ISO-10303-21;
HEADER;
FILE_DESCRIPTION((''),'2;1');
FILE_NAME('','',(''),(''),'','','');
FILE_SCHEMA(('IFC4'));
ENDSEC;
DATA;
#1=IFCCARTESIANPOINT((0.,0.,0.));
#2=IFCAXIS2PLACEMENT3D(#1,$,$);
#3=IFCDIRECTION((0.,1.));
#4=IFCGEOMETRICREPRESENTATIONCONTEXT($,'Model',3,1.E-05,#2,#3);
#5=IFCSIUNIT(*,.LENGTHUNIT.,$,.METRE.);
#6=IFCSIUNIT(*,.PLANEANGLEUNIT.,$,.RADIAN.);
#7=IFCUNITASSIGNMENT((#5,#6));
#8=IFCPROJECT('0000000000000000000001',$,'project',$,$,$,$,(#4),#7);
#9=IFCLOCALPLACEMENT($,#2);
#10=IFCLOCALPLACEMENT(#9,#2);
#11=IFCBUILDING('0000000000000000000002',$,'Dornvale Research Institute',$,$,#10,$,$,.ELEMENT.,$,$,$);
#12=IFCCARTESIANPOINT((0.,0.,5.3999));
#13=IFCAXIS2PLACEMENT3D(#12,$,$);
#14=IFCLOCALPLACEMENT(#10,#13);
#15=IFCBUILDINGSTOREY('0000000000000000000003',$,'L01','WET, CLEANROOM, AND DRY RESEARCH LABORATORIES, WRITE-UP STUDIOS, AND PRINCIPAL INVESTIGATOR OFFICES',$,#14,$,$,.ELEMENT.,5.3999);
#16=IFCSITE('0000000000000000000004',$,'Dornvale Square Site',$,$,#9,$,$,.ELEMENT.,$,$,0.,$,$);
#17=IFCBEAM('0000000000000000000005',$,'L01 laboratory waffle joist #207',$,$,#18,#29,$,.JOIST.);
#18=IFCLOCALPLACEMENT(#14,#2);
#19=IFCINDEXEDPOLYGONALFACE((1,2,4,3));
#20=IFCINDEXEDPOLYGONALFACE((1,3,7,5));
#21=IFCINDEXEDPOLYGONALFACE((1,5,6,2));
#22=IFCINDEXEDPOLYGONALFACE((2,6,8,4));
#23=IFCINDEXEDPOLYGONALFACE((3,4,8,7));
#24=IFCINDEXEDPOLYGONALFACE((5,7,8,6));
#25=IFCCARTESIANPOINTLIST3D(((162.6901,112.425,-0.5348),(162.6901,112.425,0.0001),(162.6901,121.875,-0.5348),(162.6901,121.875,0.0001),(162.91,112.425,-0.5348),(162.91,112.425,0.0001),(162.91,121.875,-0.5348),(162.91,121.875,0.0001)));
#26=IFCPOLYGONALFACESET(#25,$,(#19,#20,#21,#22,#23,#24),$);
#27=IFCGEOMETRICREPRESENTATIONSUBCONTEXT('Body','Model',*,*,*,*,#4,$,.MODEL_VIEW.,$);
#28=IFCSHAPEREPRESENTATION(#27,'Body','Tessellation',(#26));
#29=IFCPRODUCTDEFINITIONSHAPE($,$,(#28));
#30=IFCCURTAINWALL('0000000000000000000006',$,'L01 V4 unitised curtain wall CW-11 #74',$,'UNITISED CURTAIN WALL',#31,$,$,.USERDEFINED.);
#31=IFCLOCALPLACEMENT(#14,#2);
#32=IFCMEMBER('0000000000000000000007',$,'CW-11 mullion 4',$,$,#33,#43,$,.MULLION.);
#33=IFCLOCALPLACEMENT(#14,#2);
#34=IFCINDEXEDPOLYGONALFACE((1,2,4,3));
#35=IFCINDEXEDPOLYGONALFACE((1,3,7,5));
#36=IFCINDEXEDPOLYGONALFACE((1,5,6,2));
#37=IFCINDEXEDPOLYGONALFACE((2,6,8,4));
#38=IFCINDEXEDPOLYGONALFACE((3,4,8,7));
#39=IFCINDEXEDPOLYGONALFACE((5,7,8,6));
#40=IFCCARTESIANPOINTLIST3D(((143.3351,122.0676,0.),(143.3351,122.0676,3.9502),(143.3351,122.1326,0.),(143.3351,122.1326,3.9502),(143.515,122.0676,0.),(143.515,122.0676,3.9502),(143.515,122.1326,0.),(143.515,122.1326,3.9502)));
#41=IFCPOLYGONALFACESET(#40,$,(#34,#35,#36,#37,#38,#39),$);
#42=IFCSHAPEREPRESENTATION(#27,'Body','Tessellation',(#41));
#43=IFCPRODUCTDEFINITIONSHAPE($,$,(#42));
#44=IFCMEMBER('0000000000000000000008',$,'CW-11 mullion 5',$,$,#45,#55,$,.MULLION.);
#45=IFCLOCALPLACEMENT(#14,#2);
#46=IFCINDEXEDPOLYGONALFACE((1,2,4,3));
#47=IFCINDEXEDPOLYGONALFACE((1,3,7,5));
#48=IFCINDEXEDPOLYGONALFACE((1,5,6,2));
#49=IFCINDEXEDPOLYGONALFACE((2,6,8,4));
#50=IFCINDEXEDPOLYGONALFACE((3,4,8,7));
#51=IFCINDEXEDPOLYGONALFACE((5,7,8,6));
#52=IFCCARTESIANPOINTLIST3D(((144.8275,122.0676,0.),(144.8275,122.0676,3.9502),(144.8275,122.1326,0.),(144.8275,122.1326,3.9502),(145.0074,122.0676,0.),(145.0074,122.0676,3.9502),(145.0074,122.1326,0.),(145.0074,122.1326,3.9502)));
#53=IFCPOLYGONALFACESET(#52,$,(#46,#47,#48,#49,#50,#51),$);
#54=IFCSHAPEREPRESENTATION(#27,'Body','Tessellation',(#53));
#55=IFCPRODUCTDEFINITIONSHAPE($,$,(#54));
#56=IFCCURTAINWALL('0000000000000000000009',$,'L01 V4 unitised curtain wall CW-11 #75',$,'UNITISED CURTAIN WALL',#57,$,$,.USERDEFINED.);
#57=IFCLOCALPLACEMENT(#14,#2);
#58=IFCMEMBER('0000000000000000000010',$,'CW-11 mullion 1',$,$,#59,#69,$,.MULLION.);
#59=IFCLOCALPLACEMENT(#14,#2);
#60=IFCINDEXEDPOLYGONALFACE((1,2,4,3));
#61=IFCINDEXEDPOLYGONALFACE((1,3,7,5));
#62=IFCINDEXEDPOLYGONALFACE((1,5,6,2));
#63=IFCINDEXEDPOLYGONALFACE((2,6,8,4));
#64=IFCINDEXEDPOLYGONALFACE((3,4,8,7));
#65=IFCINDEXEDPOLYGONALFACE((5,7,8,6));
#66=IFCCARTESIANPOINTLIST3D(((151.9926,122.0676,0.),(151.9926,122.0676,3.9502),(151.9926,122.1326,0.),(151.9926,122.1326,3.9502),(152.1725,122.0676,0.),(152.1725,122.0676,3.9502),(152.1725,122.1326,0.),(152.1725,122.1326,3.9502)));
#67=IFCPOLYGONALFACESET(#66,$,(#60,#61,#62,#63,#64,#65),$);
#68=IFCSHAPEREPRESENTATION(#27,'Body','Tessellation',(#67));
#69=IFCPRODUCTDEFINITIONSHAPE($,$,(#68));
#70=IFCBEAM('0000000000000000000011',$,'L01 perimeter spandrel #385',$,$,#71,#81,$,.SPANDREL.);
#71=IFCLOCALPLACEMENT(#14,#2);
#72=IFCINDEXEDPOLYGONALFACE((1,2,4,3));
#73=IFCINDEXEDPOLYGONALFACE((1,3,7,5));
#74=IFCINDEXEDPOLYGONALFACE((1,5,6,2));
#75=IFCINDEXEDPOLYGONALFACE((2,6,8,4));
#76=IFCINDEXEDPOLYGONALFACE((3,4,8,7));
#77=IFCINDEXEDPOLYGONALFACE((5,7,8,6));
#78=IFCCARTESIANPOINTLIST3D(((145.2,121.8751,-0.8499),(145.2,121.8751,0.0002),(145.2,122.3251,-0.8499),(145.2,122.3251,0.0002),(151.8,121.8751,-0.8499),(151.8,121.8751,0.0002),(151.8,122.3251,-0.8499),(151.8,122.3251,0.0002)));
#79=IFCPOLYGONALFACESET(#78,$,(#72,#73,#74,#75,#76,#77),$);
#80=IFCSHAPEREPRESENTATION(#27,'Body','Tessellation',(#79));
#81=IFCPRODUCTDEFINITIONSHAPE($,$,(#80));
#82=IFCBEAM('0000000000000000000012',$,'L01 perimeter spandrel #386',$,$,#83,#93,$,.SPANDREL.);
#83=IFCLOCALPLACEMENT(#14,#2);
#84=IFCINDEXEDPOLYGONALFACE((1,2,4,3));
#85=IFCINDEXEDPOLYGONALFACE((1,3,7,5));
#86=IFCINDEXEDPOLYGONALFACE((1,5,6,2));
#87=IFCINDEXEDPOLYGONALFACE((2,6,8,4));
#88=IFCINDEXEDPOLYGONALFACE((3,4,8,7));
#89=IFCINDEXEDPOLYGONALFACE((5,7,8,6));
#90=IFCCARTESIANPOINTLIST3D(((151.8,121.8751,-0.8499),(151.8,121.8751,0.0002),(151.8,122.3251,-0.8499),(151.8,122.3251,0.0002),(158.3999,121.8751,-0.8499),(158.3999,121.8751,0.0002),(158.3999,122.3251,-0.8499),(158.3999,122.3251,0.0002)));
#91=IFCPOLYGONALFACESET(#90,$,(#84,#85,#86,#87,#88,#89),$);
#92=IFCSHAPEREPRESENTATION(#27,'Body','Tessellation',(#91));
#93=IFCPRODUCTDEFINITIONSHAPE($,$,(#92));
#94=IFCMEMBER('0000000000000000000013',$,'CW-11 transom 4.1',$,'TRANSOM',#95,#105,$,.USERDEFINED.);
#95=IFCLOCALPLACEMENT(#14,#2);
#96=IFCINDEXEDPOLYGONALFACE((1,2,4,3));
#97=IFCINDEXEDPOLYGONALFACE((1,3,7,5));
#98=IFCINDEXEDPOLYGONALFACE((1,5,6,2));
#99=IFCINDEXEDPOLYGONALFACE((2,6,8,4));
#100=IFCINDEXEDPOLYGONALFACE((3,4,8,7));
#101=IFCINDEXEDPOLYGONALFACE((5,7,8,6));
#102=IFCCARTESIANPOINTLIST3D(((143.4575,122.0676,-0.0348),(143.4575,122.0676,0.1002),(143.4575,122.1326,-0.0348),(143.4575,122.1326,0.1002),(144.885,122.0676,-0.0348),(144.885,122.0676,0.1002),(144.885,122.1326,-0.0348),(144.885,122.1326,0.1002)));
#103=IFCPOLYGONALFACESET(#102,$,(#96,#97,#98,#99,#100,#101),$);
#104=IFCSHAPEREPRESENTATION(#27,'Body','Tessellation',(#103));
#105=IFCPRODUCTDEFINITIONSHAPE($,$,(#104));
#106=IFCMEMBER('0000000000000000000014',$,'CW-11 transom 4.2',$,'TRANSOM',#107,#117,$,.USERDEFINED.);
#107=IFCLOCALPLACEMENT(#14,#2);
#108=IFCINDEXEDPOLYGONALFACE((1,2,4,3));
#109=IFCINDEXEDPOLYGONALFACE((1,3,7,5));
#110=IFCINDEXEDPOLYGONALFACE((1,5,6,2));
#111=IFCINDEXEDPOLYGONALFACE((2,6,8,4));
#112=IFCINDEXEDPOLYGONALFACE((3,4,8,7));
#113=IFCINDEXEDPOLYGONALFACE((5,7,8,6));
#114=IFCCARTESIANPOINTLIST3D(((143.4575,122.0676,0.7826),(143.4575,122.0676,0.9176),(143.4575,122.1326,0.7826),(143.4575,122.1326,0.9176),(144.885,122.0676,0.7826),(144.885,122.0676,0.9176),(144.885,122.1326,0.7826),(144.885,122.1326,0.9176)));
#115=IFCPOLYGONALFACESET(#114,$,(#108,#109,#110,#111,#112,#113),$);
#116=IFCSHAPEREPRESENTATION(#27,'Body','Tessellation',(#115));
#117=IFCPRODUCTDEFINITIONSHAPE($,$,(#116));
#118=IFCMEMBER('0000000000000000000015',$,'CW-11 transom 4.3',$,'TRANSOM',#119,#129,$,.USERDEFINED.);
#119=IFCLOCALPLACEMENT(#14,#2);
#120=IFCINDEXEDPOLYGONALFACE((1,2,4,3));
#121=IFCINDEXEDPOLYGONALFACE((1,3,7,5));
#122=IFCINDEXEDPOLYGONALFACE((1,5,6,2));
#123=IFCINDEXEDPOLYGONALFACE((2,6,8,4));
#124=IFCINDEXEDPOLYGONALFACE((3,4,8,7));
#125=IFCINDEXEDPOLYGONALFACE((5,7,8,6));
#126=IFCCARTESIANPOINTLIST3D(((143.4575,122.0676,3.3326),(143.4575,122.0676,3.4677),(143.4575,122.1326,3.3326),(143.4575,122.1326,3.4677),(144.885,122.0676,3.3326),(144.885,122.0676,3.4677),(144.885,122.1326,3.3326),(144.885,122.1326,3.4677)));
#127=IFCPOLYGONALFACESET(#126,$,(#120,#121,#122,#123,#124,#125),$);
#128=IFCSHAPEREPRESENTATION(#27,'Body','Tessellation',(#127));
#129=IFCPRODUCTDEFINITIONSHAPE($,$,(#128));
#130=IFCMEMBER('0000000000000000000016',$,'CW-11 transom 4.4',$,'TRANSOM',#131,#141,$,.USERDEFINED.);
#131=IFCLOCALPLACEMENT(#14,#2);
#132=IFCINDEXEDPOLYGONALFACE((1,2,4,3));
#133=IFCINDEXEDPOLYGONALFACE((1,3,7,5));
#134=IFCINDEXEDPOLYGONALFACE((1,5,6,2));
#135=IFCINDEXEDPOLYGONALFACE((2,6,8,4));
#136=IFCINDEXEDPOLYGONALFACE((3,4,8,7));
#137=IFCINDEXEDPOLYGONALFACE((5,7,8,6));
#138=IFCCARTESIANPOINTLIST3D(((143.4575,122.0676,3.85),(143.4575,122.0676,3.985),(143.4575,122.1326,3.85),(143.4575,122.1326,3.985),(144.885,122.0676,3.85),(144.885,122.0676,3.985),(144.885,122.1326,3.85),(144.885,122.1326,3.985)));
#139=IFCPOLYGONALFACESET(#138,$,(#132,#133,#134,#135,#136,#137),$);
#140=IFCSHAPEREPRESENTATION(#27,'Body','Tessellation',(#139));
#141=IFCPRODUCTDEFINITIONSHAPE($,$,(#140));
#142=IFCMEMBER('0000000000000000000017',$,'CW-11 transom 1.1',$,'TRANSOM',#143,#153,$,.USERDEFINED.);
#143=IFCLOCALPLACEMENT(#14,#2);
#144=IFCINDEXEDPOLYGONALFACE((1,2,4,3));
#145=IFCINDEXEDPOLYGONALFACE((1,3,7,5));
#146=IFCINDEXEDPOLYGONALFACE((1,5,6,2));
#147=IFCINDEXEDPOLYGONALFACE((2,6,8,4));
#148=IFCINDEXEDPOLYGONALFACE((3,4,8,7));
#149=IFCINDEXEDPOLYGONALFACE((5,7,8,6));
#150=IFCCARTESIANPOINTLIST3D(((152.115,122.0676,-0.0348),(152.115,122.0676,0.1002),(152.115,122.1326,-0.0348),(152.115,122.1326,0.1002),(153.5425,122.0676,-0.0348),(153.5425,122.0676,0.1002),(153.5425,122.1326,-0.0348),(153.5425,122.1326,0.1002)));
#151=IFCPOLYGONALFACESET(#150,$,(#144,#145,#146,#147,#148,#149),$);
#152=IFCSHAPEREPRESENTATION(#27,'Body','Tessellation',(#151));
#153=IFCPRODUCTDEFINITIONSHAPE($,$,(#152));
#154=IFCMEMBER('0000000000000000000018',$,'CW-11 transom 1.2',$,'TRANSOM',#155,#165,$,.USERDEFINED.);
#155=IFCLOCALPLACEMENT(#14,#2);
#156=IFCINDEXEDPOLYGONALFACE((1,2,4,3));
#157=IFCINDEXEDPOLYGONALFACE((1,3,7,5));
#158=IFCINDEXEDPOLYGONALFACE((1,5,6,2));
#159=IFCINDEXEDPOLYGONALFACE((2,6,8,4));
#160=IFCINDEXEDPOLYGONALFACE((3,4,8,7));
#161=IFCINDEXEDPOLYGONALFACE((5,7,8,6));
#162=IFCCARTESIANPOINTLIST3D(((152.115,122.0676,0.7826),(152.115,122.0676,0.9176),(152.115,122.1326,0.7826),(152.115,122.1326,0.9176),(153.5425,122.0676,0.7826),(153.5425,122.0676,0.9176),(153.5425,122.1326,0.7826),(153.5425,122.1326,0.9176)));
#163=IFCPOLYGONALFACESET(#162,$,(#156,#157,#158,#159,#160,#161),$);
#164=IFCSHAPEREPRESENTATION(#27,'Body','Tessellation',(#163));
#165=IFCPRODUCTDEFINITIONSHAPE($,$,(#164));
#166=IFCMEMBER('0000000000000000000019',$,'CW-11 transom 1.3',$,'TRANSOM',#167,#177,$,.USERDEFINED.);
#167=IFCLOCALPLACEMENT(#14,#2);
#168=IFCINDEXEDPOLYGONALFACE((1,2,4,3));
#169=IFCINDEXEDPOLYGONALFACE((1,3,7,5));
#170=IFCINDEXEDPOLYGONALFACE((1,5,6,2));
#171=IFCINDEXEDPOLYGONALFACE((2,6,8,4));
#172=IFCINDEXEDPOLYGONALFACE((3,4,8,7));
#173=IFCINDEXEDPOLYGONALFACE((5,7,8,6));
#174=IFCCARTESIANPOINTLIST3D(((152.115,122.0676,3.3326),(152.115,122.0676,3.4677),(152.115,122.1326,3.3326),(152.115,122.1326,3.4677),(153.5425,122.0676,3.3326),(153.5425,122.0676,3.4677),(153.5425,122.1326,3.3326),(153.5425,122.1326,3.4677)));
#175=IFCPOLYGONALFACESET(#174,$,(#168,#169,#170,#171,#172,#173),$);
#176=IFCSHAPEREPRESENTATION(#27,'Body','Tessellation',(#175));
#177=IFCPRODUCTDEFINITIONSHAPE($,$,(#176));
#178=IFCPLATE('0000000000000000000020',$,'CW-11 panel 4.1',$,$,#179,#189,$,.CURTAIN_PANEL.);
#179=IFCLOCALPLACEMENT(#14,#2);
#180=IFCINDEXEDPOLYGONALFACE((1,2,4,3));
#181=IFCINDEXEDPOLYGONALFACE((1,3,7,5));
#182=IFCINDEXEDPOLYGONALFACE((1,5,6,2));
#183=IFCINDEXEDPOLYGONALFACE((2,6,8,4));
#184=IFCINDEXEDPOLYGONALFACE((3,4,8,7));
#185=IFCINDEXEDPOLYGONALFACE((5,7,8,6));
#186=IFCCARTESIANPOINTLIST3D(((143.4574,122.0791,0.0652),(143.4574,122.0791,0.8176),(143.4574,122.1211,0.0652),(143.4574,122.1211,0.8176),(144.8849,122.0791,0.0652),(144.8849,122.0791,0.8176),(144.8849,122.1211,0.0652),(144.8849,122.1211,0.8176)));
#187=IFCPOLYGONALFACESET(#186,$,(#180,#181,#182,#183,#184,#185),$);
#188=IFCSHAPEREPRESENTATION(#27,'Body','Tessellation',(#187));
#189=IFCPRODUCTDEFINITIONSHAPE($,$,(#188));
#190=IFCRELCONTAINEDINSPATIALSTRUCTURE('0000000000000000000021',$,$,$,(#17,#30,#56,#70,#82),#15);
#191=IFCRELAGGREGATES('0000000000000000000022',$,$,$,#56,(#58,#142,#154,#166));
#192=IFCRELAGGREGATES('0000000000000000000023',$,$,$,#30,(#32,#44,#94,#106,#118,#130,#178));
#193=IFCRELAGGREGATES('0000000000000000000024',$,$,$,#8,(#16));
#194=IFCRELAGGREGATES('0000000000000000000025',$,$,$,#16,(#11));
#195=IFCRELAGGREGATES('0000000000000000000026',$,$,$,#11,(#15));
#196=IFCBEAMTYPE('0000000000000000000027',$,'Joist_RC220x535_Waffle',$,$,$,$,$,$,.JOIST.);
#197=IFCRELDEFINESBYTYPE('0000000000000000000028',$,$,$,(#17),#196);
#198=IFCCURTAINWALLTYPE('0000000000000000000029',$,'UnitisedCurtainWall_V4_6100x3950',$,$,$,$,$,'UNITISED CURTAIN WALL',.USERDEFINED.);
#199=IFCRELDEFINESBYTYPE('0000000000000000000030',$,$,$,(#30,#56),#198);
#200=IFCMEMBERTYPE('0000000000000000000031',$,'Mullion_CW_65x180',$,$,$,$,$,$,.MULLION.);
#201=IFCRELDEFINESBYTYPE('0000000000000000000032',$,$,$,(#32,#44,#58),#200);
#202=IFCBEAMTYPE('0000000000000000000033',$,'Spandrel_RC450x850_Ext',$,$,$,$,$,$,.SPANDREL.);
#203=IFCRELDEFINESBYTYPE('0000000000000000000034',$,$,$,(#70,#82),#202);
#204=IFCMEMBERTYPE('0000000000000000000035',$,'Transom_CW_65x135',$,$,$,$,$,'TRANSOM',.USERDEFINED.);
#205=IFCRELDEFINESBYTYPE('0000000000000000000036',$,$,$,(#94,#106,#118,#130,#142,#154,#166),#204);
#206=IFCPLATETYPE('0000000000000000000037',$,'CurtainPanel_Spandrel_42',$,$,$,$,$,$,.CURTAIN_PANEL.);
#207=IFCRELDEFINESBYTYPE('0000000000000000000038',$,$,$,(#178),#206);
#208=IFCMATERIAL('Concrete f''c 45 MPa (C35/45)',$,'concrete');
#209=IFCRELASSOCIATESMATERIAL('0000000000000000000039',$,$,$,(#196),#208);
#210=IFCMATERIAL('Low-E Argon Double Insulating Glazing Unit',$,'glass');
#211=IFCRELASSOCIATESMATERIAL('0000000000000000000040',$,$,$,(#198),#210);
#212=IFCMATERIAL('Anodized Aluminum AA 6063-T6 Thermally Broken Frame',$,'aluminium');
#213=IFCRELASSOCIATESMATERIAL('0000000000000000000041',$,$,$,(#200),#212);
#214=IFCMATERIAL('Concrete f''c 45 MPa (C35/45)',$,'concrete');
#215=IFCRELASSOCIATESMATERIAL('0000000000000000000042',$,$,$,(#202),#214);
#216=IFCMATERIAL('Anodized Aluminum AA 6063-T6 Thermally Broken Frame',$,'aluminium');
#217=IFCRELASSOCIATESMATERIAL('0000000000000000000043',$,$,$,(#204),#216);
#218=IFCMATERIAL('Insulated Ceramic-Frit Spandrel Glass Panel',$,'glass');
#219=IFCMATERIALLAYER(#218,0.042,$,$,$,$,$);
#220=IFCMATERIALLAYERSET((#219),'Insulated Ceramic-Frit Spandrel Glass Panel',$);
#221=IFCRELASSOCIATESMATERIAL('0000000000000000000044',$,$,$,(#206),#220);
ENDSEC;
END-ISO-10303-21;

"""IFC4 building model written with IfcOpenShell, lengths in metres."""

from ifc_helpers import new_model, si_unit, direction, frame, origin, origin_2d, place, context, subcontext, project, spatial, rectangle, extrude, material, layer, layer_set, material_profile, profile_set, type_object, element, aggregate, save


model = new_model("IFC4")

# Units and contexts
model_context = context("Model", 3, precision=1e-05, world=origin(), true_north=direction((0.0, 1.0)))
body_context = subcontext(model_context, "Body", "Model", "MODEL_VIEW")
ifc_project = project(units=[si_unit("LENGTHUNIT", "METRE"), si_unit("PLANEANGLEUNIT", "RADIAN")], contexts=[model_context])

# Site, building, storey
site_placement = place(None, origin())
site = spatial("IfcSite", under=ifc_project, at=site_placement, Name="Dornvale Square Site", CompositionType="ELEMENT", RefElevation=0.0)
building_placement = place(site_placement, origin())
building = spatial("IfcBuilding", under=site, at=building_placement, Name="Dornvale Research Institute", CompositionType="ELEMENT")
storey_placement = place(building_placement, frame((0.0, 0.0, 5.3999)))
storey = spatial("IfcBuildingStorey", under=building, at=storey_placement, Name="L01", Description="WET, CLEANROOM, AND DRY RESEARCH LABORATORIES, WRITE-UP STUDIOS, AND PRINCIPAL INVESTIGATOR OFFICES", CompositionType="ELEMENT", Elevation=5.3999)

# Beam
ifc_material_1 = material(Name="Concrete f'c 45 MPa (C35/45)", Category="concrete")
ifc_material_profile_1 = material_profile(ifc_material_1, rectangle(XDim=0.22, YDim=0.5349, at=origin_2d()), Name="RC 220x535")
ifc_profile_set_1 = profile_set([ifc_material_profile_1], Name="Concrete f'c 45 MPa (C35/45)")
beam_type_1 = type_object("IfcBeamType", Name="Joist_RC220x535_Waffle", PredefinedType="JOIST", material=ifc_profile_set_1)
for number, where, z_axis, x_axis, name in (
    (1, (162.8, 112.425, -0.2673), (0.0, 1.0, 0.0), (-1.0, 0.0, 0.0), "L01 laboratory waffle joist #207"),
):
    element("IfcBeam", number, at=place(storey_placement, frame(where, z_axis=z_axis, x_axis=x_axis)), inside=storey, type_object=beam_type_1, Name=name, PredefinedType="JOIST", context=body_context, shape_type="SweptSolid", body=[
        extrude(rectangle(XDim=0.22, YDim=0.5349, at=origin_2d()), origin(), (0.0, 0.0, 1.0), 9.45),
    ])

# Curtain wall, members
ifc_material_2 = material(Name="Low-E Argon Double Insulating Glazing Unit", Category="glass")
curtain_wall_type = type_object("IfcCurtainWallType", Name="UnitisedCurtainWall_V4_6100x3950", ElementType="UNITISED CURTAIN WALL", PredefinedType="USERDEFINED", material=ifc_material_2)
curtain_wall_1_placement = place(storey_placement, origin())
curtain_wall_1 = element("IfcCurtainWall", 2, at=curtain_wall_1_placement, inside=storey, type_object=curtain_wall_type, Name="L01 V4 unitised curtain wall CW-11 #74", ObjectType="UNITISED CURTAIN WALL", PredefinedType="USERDEFINED")
ifc_material_3 = material(Name="Anodized Aluminum AA 6063-T6 Thermally Broken Frame", Category="aluminium")
ifc_material_profile_2 = material_profile(ifc_material_3, rectangle(XDim=0.0649, YDim=0.1799, at=origin_2d()), Name="ALU MULLION 65x180")
ifc_profile_set_2 = profile_set([ifc_material_profile_2], Name="Anodized Aluminum AA 6063-T6 Thermally Broken Frame")
member_type_1 = type_object("IfcMemberType", Name="Mullion_CW_65x180", PredefinedType="MULLION", material=ifc_profile_set_2)
member_1_placement = place(storey_placement, frame((143.425, 122.1001, 0.0), z_axis=(0.0, 0.0, 1.0), x_axis=(0.0, 1.0, 0.0)))
member_1 = element("IfcMember", 3, at=member_1_placement, type_object=member_type_1, Name="CW-11 mullion 4", PredefinedType="MULLION", context=body_context, shape_type="SweptSolid", body=[
    extrude(rectangle(XDim=0.0649, YDim=0.1799, at=origin_2d()), origin(), (0.0, 0.0, 1.0), 3.9502),
])
member_2_placement = place(storey_placement, frame((144.9175, 122.1001, 0.0), z_axis=(0.0, 0.0, 1.0), x_axis=(0.0, 1.0, 0.0)))
member_2 = element("IfcMember", 4, at=member_2_placement, type_object=member_type_1, Name="CW-11 mullion 5", PredefinedType="MULLION", context=body_context, shape_type="SweptSolid", body=[
    extrude(rectangle(XDim=0.0649, YDim=0.1799, at=origin_2d()), origin(), (0.0, 0.0, 1.0), 3.9502),
])

# Curtain wall, member
curtain_wall_2_placement = place(storey_placement, origin())
curtain_wall_2 = element("IfcCurtainWall", 5, at=curtain_wall_2_placement, inside=storey, type_object=curtain_wall_type, Name="L01 V4 unitised curtain wall CW-11 #75", ObjectType="UNITISED CURTAIN WALL", PredefinedType="USERDEFINED")
member_3_placement = place(storey_placement, frame((152.0825, 122.1001, 0.0), z_axis=(0.0, 0.0, 1.0), x_axis=(0.0, 1.0, 0.0)))
member_3 = element("IfcMember", 6, at=member_3_placement, type_object=member_type_1, Name="CW-11 mullion 1", PredefinedType="MULLION", context=body_context, shape_type="SweptSolid", body=[
    extrude(rectangle(XDim=0.0649, YDim=0.1799, at=origin_2d()), origin(), (0.0, 0.0, 1.0), 3.9502),
])

# Beams
ifc_material_4 = material(Name="Concrete f'c 45 MPa (C35/45)", Category="concrete")
ifc_material_profile_3 = material_profile(ifc_material_4, rectangle(XDim=0.45, YDim=0.8501, at=origin_2d()), Name="RC 450x850")
ifc_profile_set_3 = profile_set([ifc_material_profile_3], Name="Concrete f'c 45 MPa (C35/45)")
beam_type_2 = type_object("IfcBeamType", Name="Spandrel_RC450x850_Ext", PredefinedType="SPANDREL", material=ifc_profile_set_3)
beam_1_placement = place(storey_placement, frame((145.2, 122.1001, -0.4248), z_axis=(1.0, 0.0, 0.0), x_axis=(0.0, 1.0, 0.0)))
element("IfcBeam", 7, at=beam_1_placement, inside=storey, type_object=beam_type_2, Name="L01 perimeter spandrel #385", PredefinedType="SPANDREL", context=body_context, shape_type="SweptSolid", body=[
    extrude(rectangle(XDim=0.45, YDim=0.8501, at=origin_2d()), origin(), (0.0, 0.0, 1.0), 6.6001),
])
beam_2_placement = place(storey_placement, frame((151.8, 122.1001, -0.4248), z_axis=(1.0, 0.0, 0.0), x_axis=(0.0, 1.0, 0.0)))
element("IfcBeam", 8, at=beam_2_placement, inside=storey, type_object=beam_type_2, Name="L01 perimeter spandrel #386", PredefinedType="SPANDREL", context=body_context, shape_type="SweptSolid", body=[
    extrude(rectangle(XDim=0.45, YDim=0.8501, at=origin_2d()), origin(), (0.0, 0.0, 1.0), 6.5999),
])

# Members
ifc_material_5 = material(Name="Anodized Aluminum AA 6063-T6 Thermally Broken Frame", Category="aluminium")
ifc_material_profile_4 = material_profile(ifc_material_5, rectangle(XDim=0.0649, YDim=0.135, at=origin_2d()), Name="ALU TRANSOM 65x135")
ifc_profile_set_4 = profile_set([ifc_material_profile_4], Name="Anodized Aluminum AA 6063-T6 Thermally Broken Frame")
member_type_2 = type_object("IfcMemberType", Name="Transom_CW_65x135", ElementType="TRANSOM", PredefinedType="USERDEFINED", material=ifc_profile_set_4)
member_4_placement = place(storey_placement, frame((143.4575, 122.1001, 0.0327), z_axis=(1.0, 0.0, 0.0), x_axis=(0.0, 1.0, 0.0)))
member_4 = element("IfcMember", 9, at=member_4_placement, type_object=member_type_2, Name="CW-11 transom 4.1", ObjectType="TRANSOM", PredefinedType="USERDEFINED", context=body_context, shape_type="SweptSolid", body=[
    extrude(rectangle(XDim=0.0649, YDim=0.135, at=origin_2d()), origin(), (0.0, 0.0, 1.0), 1.4275),
])
member_5_placement = place(storey_placement, frame((143.4575, 122.1001, 0.8501), z_axis=(1.0, 0.0, 0.0), x_axis=(0.0, 1.0, 0.0)))
member_5 = element("IfcMember", 10, at=member_5_placement, type_object=member_type_2, Name="CW-11 transom 4.2", ObjectType="TRANSOM", PredefinedType="USERDEFINED", context=body_context, shape_type="SweptSolid", body=[
    extrude(rectangle(XDim=0.0649, YDim=0.135, at=origin_2d()), origin(), (0.0, 0.0, 1.0), 1.4275),
])
member_6_placement = place(storey_placement, frame((143.4575, 122.1001, 3.4001), z_axis=(1.0, 0.0, 0.0), x_axis=(0.0, 1.0, 0.0)))
member_6 = element("IfcMember", 11, at=member_6_placement, type_object=member_type_2, Name="CW-11 transom 4.3", ObjectType="TRANSOM", PredefinedType="USERDEFINED", context=body_context, shape_type="SweptSolid", body=[
    extrude(rectangle(XDim=0.0649, YDim=0.135, at=origin_2d()), origin(), (0.0, 0.0, 1.0), 1.4275),
])
member_7_placement = place(storey_placement, frame((143.4575, 122.1001, 3.9175), z_axis=(1.0, 0.0, 0.0), x_axis=(0.0, 1.0, 0.0)))
member_7 = element("IfcMember", 12, at=member_7_placement, type_object=member_type_2, Name="CW-11 transom 4.4", ObjectType="TRANSOM", PredefinedType="USERDEFINED", context=body_context, shape_type="SweptSolid", body=[
    extrude(rectangle(XDim=0.0649, YDim=0.135, at=origin_2d()), origin(), (0.0, 0.0, 1.0), 1.4275),
])
member_8_placement = place(storey_placement, frame((152.115, 122.1001, 0.0327), z_axis=(1.0, 0.0, 0.0), x_axis=(0.0, 1.0, 0.0)))
member_8 = element("IfcMember", 13, at=member_8_placement, type_object=member_type_2, Name="CW-11 transom 1.1", ObjectType="TRANSOM", PredefinedType="USERDEFINED", context=body_context, shape_type="SweptSolid", body=[
    extrude(rectangle(XDim=0.0649, YDim=0.135, at=origin_2d()), origin(), (0.0, 0.0, 1.0), 1.4275),
])
member_9_placement = place(storey_placement, frame((152.115, 122.1001, 0.8501), z_axis=(1.0, 0.0, 0.0), x_axis=(0.0, 1.0, 0.0)))
member_9 = element("IfcMember", 14, at=member_9_placement, type_object=member_type_2, Name="CW-11 transom 1.2", ObjectType="TRANSOM", PredefinedType="USERDEFINED", context=body_context, shape_type="SweptSolid", body=[
    extrude(rectangle(XDim=0.0649, YDim=0.135, at=origin_2d()), origin(), (0.0, 0.0, 1.0), 1.4275),
])
member_10_placement = place(storey_placement, frame((152.115, 122.1001, 3.4001), z_axis=(1.0, 0.0, 0.0), x_axis=(0.0, 1.0, 0.0)))
member_10 = element("IfcMember", 15, at=member_10_placement, type_object=member_type_2, Name="CW-11 transom 1.3", ObjectType="TRANSOM", PredefinedType="USERDEFINED", context=body_context, shape_type="SweptSolid", body=[
    extrude(rectangle(XDim=0.0649, YDim=0.135, at=origin_2d()), origin(), (0.0, 0.0, 1.0), 1.4275),
])
aggregate(curtain_wall_2, [member_3, member_8, member_9, member_10])

# Plate
ifc_material_6 = material(Name="Insulated Ceramic-Frit Spandrel Glass Panel", Category="glass")
ifc_layer_1 = layer(ifc_material_6, 0.042)
ifc_layer_set_1 = layer_set([ifc_layer_1], Name="Insulated Ceramic-Frit Spandrel Glass Panel")
plate_type_1 = type_object("IfcPlateType", Name="CurtainPanel_Spandrel_42", PredefinedType="CURTAIN_PANEL", material=ifc_layer_set_1)
plate_1_placement = place(storey_placement, frame((144.1711, 122.1001, 0.0652), z_axis=(0.0, 0.0, 1.0), x_axis=(1.0, 0.0, 0.0)))
plate_1 = element("IfcPlate", 16, at=plate_1_placement, type_object=plate_type_1, Name="CW-11 panel 4.1", PredefinedType="CURTAIN_PANEL", context=body_context, shape_type="SweptSolid", body=[
    extrude(rectangle(XDim=1.4275, YDim=0.042, at=origin_2d()), origin(), (0.0, 0.0, 1.0), 0.7524),
])
aggregate(curtain_wall_1, [member_1, member_2, member_4, member_5, member_6, member_7, plate_1])

save(model, "model.ifc")
